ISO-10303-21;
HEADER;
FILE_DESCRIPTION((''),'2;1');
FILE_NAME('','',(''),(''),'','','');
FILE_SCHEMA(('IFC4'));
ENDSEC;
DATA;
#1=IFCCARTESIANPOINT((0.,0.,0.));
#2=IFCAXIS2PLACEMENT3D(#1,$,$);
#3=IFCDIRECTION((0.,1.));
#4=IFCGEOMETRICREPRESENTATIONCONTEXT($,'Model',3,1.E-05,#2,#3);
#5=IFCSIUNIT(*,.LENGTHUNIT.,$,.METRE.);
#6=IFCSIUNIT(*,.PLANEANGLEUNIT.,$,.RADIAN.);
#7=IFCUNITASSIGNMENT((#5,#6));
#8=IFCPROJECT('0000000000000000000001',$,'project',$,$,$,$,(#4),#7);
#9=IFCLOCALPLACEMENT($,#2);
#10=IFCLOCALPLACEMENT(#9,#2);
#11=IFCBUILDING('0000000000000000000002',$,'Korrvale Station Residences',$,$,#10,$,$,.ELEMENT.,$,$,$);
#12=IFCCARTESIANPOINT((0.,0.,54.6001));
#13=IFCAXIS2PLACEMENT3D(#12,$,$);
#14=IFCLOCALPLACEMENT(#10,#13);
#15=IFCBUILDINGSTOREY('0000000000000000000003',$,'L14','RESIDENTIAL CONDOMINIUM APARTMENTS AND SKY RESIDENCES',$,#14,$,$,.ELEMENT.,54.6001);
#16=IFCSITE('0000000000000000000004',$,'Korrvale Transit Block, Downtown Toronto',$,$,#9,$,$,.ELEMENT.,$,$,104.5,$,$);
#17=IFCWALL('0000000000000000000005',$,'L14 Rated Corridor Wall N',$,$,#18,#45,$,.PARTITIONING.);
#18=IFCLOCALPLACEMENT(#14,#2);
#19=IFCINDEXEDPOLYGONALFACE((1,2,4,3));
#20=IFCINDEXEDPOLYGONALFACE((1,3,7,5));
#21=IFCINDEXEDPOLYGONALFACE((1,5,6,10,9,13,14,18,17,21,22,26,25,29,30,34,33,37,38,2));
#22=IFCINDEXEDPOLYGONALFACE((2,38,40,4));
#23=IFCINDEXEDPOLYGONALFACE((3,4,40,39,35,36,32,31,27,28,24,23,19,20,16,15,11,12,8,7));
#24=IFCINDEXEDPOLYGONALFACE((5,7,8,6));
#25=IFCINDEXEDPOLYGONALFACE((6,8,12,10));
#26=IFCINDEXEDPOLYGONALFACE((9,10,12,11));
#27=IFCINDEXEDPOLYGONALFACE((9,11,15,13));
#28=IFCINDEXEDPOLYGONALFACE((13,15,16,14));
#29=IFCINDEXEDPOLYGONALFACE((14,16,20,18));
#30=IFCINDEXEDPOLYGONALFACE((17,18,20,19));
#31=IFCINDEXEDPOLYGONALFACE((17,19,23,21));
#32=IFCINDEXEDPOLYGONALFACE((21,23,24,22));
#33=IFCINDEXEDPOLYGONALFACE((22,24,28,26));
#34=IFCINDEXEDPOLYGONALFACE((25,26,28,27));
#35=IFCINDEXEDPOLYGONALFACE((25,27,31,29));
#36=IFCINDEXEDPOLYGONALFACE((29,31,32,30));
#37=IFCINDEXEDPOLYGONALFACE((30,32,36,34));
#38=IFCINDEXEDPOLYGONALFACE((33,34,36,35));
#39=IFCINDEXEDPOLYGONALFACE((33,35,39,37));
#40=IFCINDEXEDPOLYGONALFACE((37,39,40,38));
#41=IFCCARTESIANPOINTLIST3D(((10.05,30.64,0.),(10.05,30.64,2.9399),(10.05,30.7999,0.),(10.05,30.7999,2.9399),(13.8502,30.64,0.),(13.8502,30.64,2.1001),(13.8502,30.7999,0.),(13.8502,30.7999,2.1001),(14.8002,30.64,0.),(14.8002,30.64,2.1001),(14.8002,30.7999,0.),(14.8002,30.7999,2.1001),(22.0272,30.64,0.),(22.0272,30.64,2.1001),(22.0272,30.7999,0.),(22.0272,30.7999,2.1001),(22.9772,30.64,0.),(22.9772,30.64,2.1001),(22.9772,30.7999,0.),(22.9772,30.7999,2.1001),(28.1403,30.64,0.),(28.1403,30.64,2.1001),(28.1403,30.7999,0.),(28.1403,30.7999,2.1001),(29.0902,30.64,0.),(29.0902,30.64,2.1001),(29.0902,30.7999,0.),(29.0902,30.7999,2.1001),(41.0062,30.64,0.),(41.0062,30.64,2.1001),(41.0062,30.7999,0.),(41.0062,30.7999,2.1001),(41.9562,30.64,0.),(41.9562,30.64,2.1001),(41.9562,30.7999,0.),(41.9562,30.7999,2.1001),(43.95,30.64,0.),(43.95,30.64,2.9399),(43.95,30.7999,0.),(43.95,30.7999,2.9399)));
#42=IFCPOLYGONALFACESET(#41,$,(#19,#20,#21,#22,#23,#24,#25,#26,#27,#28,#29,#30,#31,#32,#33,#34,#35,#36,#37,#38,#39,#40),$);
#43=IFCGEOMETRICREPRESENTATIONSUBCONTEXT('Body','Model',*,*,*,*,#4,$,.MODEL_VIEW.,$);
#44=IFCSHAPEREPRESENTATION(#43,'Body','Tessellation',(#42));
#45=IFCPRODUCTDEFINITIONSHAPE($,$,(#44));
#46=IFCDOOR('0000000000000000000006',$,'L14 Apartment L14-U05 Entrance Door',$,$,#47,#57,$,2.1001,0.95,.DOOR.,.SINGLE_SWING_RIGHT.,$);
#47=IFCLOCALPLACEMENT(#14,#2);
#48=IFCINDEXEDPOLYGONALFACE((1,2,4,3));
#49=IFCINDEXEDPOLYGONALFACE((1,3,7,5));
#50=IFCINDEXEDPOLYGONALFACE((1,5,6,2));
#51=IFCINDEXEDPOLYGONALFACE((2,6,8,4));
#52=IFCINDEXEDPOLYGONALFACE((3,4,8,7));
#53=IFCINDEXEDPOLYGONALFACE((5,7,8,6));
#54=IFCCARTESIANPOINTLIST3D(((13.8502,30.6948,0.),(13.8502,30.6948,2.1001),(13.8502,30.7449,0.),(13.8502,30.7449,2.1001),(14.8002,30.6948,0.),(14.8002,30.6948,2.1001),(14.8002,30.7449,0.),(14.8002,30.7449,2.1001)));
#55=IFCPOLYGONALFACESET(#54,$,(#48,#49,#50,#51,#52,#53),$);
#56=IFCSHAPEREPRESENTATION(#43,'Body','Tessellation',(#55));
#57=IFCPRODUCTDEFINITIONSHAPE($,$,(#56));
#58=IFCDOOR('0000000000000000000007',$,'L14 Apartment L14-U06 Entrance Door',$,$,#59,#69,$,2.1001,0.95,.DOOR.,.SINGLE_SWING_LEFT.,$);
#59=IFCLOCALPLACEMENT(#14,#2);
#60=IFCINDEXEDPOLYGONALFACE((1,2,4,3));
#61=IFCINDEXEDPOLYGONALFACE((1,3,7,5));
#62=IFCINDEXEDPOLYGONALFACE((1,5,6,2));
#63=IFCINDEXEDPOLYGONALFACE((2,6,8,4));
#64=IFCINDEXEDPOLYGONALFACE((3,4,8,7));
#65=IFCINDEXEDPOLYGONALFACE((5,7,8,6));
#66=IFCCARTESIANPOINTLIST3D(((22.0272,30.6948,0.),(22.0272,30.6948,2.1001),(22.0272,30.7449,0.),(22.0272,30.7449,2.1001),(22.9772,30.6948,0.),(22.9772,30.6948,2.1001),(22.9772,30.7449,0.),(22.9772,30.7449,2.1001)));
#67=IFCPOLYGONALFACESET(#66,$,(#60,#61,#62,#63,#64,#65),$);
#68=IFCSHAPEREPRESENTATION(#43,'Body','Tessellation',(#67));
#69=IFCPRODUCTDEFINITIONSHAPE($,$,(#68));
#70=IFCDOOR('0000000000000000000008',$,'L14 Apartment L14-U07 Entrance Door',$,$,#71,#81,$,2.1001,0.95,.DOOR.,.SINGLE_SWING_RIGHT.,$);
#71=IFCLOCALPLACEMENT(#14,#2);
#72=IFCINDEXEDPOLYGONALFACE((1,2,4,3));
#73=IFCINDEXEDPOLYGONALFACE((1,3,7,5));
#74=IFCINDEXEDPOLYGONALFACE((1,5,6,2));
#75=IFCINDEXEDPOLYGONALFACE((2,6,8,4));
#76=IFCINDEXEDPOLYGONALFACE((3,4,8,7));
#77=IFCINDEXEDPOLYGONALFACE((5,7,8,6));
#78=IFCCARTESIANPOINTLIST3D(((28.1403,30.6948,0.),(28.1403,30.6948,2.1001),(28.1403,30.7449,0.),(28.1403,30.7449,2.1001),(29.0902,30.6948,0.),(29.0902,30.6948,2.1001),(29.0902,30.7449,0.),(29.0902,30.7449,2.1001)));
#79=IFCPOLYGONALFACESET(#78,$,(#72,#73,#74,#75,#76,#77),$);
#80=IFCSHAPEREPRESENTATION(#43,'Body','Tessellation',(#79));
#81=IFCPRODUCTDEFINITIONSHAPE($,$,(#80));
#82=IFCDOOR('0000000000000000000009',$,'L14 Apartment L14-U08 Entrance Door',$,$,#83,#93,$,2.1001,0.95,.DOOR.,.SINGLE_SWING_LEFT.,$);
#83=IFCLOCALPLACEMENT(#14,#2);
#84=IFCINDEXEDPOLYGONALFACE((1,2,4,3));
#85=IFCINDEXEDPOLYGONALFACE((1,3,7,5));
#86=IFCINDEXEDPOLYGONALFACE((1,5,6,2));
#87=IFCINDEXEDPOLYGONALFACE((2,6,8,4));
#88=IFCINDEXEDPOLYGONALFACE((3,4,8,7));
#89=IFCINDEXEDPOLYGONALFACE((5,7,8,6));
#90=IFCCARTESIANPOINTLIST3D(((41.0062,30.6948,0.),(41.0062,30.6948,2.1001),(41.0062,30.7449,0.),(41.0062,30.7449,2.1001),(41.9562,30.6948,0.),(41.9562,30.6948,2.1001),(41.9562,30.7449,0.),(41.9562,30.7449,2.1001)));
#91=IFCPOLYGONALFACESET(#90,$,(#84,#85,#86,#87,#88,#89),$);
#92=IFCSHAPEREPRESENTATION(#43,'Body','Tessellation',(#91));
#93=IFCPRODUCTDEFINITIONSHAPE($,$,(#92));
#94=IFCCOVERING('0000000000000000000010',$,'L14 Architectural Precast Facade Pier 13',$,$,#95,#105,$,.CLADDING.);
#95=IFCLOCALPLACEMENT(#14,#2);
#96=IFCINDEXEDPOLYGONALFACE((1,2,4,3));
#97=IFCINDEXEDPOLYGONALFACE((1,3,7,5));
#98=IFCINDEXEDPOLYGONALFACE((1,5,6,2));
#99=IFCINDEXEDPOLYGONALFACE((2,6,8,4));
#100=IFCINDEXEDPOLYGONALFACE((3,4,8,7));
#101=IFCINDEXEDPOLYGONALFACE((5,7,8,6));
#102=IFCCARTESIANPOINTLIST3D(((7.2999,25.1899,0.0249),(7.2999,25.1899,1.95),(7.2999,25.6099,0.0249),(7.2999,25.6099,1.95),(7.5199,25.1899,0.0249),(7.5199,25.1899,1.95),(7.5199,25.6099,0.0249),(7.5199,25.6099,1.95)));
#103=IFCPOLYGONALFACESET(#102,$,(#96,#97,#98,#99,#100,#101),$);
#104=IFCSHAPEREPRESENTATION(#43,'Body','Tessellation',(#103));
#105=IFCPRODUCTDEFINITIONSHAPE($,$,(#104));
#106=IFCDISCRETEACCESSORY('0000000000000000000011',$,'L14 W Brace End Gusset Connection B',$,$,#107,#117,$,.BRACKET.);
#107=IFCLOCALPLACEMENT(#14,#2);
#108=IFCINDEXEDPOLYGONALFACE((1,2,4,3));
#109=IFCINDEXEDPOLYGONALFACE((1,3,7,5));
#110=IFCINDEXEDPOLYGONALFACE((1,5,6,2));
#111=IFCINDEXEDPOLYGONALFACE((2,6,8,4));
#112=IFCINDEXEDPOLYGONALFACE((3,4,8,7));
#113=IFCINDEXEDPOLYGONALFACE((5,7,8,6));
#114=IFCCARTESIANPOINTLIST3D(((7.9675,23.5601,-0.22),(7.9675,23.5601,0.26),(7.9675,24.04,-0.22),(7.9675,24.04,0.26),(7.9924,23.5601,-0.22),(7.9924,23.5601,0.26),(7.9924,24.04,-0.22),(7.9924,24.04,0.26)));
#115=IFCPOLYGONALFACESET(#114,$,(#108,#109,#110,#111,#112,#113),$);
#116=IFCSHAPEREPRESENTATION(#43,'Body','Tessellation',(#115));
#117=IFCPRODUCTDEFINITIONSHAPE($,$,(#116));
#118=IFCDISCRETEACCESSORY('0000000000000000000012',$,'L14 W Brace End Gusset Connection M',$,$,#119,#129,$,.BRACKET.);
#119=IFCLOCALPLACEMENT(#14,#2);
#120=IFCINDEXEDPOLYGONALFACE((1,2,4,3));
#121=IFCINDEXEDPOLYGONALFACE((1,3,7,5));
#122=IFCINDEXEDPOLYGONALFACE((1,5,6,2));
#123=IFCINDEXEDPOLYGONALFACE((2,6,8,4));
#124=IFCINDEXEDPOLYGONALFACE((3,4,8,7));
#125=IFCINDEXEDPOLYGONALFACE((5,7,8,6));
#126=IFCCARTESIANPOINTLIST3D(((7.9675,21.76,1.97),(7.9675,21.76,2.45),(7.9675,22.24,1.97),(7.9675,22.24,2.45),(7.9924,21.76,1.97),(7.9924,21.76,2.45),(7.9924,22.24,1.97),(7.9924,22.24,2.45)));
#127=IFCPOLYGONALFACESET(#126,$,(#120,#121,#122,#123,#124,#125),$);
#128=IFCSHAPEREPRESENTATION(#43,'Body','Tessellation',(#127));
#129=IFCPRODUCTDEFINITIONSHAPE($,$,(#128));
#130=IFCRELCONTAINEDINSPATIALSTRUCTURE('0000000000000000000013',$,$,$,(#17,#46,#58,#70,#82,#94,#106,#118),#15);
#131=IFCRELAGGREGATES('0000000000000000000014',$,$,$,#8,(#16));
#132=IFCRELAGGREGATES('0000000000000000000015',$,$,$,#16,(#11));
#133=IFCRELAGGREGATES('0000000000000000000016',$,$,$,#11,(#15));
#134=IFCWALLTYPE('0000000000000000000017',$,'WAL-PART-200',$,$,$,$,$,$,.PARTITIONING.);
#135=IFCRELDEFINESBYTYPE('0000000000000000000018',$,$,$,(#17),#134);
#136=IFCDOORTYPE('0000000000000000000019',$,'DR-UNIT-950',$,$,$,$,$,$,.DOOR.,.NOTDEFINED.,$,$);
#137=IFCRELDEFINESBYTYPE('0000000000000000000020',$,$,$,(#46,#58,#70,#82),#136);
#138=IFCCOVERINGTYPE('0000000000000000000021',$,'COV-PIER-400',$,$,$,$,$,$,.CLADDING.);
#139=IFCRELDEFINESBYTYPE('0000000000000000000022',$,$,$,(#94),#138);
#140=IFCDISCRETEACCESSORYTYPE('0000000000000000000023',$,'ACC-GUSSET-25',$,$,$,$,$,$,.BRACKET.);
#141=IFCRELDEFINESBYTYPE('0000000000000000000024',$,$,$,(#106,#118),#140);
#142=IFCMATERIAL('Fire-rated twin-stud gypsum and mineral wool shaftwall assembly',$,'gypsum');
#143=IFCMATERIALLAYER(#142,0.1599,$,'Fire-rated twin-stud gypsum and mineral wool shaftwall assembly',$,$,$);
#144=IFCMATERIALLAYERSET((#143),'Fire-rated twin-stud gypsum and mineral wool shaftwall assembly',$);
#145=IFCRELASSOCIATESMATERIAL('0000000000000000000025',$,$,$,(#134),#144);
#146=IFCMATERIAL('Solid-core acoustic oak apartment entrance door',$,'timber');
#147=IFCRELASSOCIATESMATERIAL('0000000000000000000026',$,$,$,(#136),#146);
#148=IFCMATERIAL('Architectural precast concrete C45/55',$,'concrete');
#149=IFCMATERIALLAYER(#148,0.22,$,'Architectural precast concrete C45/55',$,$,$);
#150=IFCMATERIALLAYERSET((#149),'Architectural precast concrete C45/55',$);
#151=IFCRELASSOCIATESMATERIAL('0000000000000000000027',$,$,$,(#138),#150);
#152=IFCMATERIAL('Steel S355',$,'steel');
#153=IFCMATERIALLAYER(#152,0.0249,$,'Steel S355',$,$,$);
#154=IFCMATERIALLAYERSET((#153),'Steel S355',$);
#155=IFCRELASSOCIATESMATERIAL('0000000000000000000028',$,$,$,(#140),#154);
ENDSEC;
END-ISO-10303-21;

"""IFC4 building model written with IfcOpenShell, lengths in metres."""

from ifc_helpers import new_model, si_unit, direction, frame, frame_2d, origin, origin_2d, place, context, subcontext, project, spatial, rectangle, extrude, material, layer, layer_set, type_object, element, fill, save


model = new_model("IFC4")

# Units and contexts
model_context = context("Model", 3, precision=1e-05, world=origin(), true_north=direction((0.0, 1.0)))
body_context = subcontext(model_context, "Body", "Model", "MODEL_VIEW")
ifc_project = project(units=[si_unit("LENGTHUNIT", "METRE"), si_unit("PLANEANGLEUNIT", "RADIAN")], contexts=[model_context])

# Site, building, storey
site_placement = place(None, origin())
site = spatial("IfcSite", under=ifc_project, at=site_placement, Name="Korrvale Transit Block, Downtown Toronto", CompositionType="ELEMENT", RefElevation=104.5)
building_placement = place(site_placement, origin())
building = spatial("IfcBuilding", under=site, at=building_placement, Name="Korrvale Station Residences", CompositionType="ELEMENT")
storey_placement = place(building_placement, frame((0.0, 0.0, 54.6001)))
storey = spatial("IfcBuildingStorey", under=building, at=storey_placement, Name="L14", Description="RESIDENTIAL CONDOMINIUM APARTMENTS AND SKY RESIDENCES", CompositionType="ELEMENT", Elevation=54.6001)

# Shared definitions
ifc_material_1 = material(Name="Steel S355", Category="steel")

# Shared definitions
ifc_material_2 = material(Name="Fire-rated twin-stud gypsum and mineral wool shaftwall assembly", Category="gypsum")
ifc_layer_1 = layer(ifc_material_2, 0.1599, Name="Fire-rated twin-stud gypsum and mineral wool shaftwall assembly")
ifc_layer_set_1 = layer_set([ifc_layer_1], Name="Fire-rated twin-stud gypsum and mineral wool shaftwall assembly")
wall_type_1 = type_object("IfcWallType", Name="WAL-PART-200", PredefinedType="PARTITIONING", material=ifc_layer_set_1)

# Wall, openings, doors
wall_1_placement = place(storey_placement, frame((10.05, 30.72, 0.0), z_axis=(0.0, 0.0, 1.0), x_axis=(1.0, 0.0, 0.0)))
wall_1 = element("IfcWall", 1, at=wall_1_placement, inside=storey, type_object=wall_type_1, Name="L14 Rated Corridor Wall N", PredefinedType="PARTITIONING", context=body_context, shape_type="SweptSolid", body=[
    extrude(rectangle(XDim=33.8999, YDim=0.1599, at=frame_2d((16.95, 0.0))), origin(), (0.0, 0.0, 1.0), 2.9399),
])
opening_1_placement = place(wall_1_placement, frame((3.8, 0.0, 0.0)))
opening_1 = element("IfcOpeningElement", 2, at=opening_1_placement, cuts=wall_1, PredefinedType="OPENING", context=body_context, shape_type="SweptSolid", body=[
    extrude(rectangle(XDim=0.95, YDim=2.1001, at=frame_2d((0.4751, 1.05))), frame((0.0, 0.0898, 0.0), z_axis=(0.0, -1.0, 0.0), x_axis=(1.0, 0.0, 0.0)), (0.0, 0.0, 1.0), 0.1799),
])
opening_2_placement = place(wall_1_placement, frame((11.9771, 0.0, 0.0)))
opening_2 = element("IfcOpeningElement", 3, at=opening_2_placement, cuts=wall_1, PredefinedType="OPENING", context=body_context, shape_type="SweptSolid", body=[
    extrude(rectangle(XDim=0.95, YDim=2.1001, at=frame_2d((0.4751, 1.05))), frame((0.0, 0.0898, 0.0), z_axis=(0.0, -1.0, 0.0), x_axis=(1.0, 0.0, 0.0)), (0.0, 0.0, 1.0), 0.1799),
])
opening_3_placement = place(wall_1_placement, frame((18.0901, 0.0, 0.0)))
opening_3 = element("IfcOpeningElement", 4, at=opening_3_placement, cuts=wall_1, PredefinedType="OPENING", context=body_context, shape_type="SweptSolid", body=[
    extrude(rectangle(XDim=0.95, YDim=2.1001, at=frame_2d((0.4751, 1.05))), frame((0.0, 0.0898, 0.0), z_axis=(0.0, -1.0, 0.0), x_axis=(1.0, 0.0, 0.0)), (0.0, 0.0, 1.0), 0.1799),
])
opening_4_placement = place(wall_1_placement, frame((30.9561, 0.0, 0.0)))
opening_4 = element("IfcOpeningElement", 5, at=opening_4_placement, cuts=wall_1, PredefinedType="OPENING", context=body_context, shape_type="SweptSolid", body=[
    extrude(rectangle(XDim=0.95, YDim=2.1001, at=frame_2d((0.4751, 1.05))), frame((0.0, 0.0898, 0.0), z_axis=(0.0, -1.0, 0.0), x_axis=(1.0, 0.0, 0.0)), (0.0, 0.0, 1.0), 0.1799),
])
ifc_material_3 = material(Name="Solid-core acoustic oak apartment entrance door", Category="timber")
door_type_1 = type_object("IfcDoorType", Name="DR-UNIT-950", OperationType="NOTDEFINED", PredefinedType="DOOR", material=ifc_material_3)
door_1_placement = place(opening_1_placement, origin())
door_1 = element("IfcDoor", 6, at=door_1_placement, inside=storey, type_object=door_type_1, Name="L14 Apartment L14-U05 Entrance Door", OperationType="SINGLE_SWING_RIGHT", OverallHeight=2.1001, OverallWidth=0.95, PredefinedType="DOOR", context=body_context, shape_type="SweptSolid", body=[
    extrude(rectangle(XDim=0.95, YDim=2.1001, at=frame_2d((0.4751, 1.05))), frame((0.0, 0.0249, 0.0), z_axis=(0.0, -1.0, 0.0), x_axis=(1.0, 0.0, 0.0)), (0.0, 0.0, 1.0), 0.05),
])
fill(opening_1, door_1)
door_2_placement = place(opening_2_placement, origin())
door_2 = element("IfcDoor", 7, at=door_2_placement, inside=storey, type_object=door_type_1, Name="L14 Apartment L14-U06 Entrance Door", OperationType="SINGLE_SWING_LEFT", OverallHeight=2.1001, OverallWidth=0.95, PredefinedType="DOOR", context=body_context, shape_type="SweptSolid", body=[
    extrude(rectangle(XDim=0.95, YDim=2.1001, at=frame_2d((0.4751, 1.05))), frame((0.0, 0.0249, 0.0), z_axis=(0.0, -1.0, 0.0), x_axis=(1.0, 0.0, 0.0)), (0.0, 0.0, 1.0), 0.05),
])
fill(opening_2, door_2)
door_3_placement = place(opening_3_placement, origin())
door_3 = element("IfcDoor", 8, at=door_3_placement, inside=storey, type_object=door_type_1, Name="L14 Apartment L14-U07 Entrance Door", OperationType="SINGLE_SWING_RIGHT", OverallHeight=2.1001, OverallWidth=0.95, PredefinedType="DOOR", context=body_context, shape_type="SweptSolid", body=[
    extrude(rectangle(XDim=0.95, YDim=2.1001, at=frame_2d((0.4751, 1.05))), frame((0.0, 0.0249, 0.0), z_axis=(0.0, -1.0, 0.0), x_axis=(1.0, 0.0, 0.0)), (0.0, 0.0, 1.0), 0.05),
])
fill(opening_3, door_3)
door_4_placement = place(opening_4_placement, origin())
door_4 = element("IfcDoor", 9, at=door_4_placement, inside=storey, type_object=door_type_1, Name="L14 Apartment L14-U08 Entrance Door", OperationType="SINGLE_SWING_LEFT", OverallHeight=2.1001, OverallWidth=0.95, PredefinedType="DOOR", context=body_context, shape_type="SweptSolid", body=[
    extrude(rectangle(XDim=0.95, YDim=2.1001, at=frame_2d((0.4751, 1.05))), frame((0.0, 0.0249, 0.0), z_axis=(0.0, -1.0, 0.0), x_axis=(1.0, 0.0, 0.0)), (0.0, 0.0, 1.0), 0.05),
])
fill(opening_4, door_4)

# Covering
ifc_material_4 = material(Name="Architectural precast concrete C45/55", Category="concrete")
ifc_layer_2 = layer(ifc_material_4, 0.22, Name="Architectural precast concrete C45/55")
ifc_layer_set_2 = layer_set([ifc_layer_2], Name="Architectural precast concrete C45/55")
covering_type = type_object("IfcCoveringType", Name="COV-PIER-400", PredefinedType="CLADDING", material=ifc_layer_set_2)
covering_placement = place(storey_placement, frame((7.4099, 25.3999, 0.0249), z_axis=(0.0, 0.0, 1.0), x_axis=(0.0, 1.0, 0.0)))
element("IfcCovering", 10, at=covering_placement, inside=storey, type_object=covering_type, Name="L14 Architectural Precast Facade Pier 13", PredefinedType="CLADDING", context=body_context, shape_type="SweptSolid", body=[
    extrude(rectangle(XDim=0.4199, YDim=0.22, at=origin_2d()), origin(), (0.0, 0.0, 1.0), 1.925),
])

# Discrete accessories
ifc_layer_3 = layer(ifc_material_1, 0.0249, Name="Steel S355")
ifc_layer_set_3 = layer_set([ifc_layer_3], Name="Steel S355")
discrete_accessory_type = type_object("IfcDiscreteAccessoryType", Name="ACC-GUSSET-25", PredefinedType="BRACKET", material=ifc_layer_set_3)
for number, where, z_axis, x_axis, name in (
    (11, (7.98, 23.8, -0.22), (0.0, 0.0, 1.0), (0.0, 1.0, 0.0), "L14 W Brace End Gusset Connection B"),
    (12, (7.98, 22.0, 1.97), (0.0, 0.0, 1.0), (0.0, 1.0, 0.0), "L14 W Brace End Gusset Connection M"),
):
    element("IfcDiscreteAccessory", number, at=place(storey_placement, frame(where, z_axis=z_axis, x_axis=x_axis)), inside=storey, type_object=discrete_accessory_type, Name=name, PredefinedType="BRACKET", context=body_context, shape_type="SweptSolid", body=[
        extrude(rectangle(XDim=0.48, YDim=0.0249, at=origin_2d()), origin(), (0.0, 0.0, 1.0), 0.48),
    ])

save(model, "model.ifc")
